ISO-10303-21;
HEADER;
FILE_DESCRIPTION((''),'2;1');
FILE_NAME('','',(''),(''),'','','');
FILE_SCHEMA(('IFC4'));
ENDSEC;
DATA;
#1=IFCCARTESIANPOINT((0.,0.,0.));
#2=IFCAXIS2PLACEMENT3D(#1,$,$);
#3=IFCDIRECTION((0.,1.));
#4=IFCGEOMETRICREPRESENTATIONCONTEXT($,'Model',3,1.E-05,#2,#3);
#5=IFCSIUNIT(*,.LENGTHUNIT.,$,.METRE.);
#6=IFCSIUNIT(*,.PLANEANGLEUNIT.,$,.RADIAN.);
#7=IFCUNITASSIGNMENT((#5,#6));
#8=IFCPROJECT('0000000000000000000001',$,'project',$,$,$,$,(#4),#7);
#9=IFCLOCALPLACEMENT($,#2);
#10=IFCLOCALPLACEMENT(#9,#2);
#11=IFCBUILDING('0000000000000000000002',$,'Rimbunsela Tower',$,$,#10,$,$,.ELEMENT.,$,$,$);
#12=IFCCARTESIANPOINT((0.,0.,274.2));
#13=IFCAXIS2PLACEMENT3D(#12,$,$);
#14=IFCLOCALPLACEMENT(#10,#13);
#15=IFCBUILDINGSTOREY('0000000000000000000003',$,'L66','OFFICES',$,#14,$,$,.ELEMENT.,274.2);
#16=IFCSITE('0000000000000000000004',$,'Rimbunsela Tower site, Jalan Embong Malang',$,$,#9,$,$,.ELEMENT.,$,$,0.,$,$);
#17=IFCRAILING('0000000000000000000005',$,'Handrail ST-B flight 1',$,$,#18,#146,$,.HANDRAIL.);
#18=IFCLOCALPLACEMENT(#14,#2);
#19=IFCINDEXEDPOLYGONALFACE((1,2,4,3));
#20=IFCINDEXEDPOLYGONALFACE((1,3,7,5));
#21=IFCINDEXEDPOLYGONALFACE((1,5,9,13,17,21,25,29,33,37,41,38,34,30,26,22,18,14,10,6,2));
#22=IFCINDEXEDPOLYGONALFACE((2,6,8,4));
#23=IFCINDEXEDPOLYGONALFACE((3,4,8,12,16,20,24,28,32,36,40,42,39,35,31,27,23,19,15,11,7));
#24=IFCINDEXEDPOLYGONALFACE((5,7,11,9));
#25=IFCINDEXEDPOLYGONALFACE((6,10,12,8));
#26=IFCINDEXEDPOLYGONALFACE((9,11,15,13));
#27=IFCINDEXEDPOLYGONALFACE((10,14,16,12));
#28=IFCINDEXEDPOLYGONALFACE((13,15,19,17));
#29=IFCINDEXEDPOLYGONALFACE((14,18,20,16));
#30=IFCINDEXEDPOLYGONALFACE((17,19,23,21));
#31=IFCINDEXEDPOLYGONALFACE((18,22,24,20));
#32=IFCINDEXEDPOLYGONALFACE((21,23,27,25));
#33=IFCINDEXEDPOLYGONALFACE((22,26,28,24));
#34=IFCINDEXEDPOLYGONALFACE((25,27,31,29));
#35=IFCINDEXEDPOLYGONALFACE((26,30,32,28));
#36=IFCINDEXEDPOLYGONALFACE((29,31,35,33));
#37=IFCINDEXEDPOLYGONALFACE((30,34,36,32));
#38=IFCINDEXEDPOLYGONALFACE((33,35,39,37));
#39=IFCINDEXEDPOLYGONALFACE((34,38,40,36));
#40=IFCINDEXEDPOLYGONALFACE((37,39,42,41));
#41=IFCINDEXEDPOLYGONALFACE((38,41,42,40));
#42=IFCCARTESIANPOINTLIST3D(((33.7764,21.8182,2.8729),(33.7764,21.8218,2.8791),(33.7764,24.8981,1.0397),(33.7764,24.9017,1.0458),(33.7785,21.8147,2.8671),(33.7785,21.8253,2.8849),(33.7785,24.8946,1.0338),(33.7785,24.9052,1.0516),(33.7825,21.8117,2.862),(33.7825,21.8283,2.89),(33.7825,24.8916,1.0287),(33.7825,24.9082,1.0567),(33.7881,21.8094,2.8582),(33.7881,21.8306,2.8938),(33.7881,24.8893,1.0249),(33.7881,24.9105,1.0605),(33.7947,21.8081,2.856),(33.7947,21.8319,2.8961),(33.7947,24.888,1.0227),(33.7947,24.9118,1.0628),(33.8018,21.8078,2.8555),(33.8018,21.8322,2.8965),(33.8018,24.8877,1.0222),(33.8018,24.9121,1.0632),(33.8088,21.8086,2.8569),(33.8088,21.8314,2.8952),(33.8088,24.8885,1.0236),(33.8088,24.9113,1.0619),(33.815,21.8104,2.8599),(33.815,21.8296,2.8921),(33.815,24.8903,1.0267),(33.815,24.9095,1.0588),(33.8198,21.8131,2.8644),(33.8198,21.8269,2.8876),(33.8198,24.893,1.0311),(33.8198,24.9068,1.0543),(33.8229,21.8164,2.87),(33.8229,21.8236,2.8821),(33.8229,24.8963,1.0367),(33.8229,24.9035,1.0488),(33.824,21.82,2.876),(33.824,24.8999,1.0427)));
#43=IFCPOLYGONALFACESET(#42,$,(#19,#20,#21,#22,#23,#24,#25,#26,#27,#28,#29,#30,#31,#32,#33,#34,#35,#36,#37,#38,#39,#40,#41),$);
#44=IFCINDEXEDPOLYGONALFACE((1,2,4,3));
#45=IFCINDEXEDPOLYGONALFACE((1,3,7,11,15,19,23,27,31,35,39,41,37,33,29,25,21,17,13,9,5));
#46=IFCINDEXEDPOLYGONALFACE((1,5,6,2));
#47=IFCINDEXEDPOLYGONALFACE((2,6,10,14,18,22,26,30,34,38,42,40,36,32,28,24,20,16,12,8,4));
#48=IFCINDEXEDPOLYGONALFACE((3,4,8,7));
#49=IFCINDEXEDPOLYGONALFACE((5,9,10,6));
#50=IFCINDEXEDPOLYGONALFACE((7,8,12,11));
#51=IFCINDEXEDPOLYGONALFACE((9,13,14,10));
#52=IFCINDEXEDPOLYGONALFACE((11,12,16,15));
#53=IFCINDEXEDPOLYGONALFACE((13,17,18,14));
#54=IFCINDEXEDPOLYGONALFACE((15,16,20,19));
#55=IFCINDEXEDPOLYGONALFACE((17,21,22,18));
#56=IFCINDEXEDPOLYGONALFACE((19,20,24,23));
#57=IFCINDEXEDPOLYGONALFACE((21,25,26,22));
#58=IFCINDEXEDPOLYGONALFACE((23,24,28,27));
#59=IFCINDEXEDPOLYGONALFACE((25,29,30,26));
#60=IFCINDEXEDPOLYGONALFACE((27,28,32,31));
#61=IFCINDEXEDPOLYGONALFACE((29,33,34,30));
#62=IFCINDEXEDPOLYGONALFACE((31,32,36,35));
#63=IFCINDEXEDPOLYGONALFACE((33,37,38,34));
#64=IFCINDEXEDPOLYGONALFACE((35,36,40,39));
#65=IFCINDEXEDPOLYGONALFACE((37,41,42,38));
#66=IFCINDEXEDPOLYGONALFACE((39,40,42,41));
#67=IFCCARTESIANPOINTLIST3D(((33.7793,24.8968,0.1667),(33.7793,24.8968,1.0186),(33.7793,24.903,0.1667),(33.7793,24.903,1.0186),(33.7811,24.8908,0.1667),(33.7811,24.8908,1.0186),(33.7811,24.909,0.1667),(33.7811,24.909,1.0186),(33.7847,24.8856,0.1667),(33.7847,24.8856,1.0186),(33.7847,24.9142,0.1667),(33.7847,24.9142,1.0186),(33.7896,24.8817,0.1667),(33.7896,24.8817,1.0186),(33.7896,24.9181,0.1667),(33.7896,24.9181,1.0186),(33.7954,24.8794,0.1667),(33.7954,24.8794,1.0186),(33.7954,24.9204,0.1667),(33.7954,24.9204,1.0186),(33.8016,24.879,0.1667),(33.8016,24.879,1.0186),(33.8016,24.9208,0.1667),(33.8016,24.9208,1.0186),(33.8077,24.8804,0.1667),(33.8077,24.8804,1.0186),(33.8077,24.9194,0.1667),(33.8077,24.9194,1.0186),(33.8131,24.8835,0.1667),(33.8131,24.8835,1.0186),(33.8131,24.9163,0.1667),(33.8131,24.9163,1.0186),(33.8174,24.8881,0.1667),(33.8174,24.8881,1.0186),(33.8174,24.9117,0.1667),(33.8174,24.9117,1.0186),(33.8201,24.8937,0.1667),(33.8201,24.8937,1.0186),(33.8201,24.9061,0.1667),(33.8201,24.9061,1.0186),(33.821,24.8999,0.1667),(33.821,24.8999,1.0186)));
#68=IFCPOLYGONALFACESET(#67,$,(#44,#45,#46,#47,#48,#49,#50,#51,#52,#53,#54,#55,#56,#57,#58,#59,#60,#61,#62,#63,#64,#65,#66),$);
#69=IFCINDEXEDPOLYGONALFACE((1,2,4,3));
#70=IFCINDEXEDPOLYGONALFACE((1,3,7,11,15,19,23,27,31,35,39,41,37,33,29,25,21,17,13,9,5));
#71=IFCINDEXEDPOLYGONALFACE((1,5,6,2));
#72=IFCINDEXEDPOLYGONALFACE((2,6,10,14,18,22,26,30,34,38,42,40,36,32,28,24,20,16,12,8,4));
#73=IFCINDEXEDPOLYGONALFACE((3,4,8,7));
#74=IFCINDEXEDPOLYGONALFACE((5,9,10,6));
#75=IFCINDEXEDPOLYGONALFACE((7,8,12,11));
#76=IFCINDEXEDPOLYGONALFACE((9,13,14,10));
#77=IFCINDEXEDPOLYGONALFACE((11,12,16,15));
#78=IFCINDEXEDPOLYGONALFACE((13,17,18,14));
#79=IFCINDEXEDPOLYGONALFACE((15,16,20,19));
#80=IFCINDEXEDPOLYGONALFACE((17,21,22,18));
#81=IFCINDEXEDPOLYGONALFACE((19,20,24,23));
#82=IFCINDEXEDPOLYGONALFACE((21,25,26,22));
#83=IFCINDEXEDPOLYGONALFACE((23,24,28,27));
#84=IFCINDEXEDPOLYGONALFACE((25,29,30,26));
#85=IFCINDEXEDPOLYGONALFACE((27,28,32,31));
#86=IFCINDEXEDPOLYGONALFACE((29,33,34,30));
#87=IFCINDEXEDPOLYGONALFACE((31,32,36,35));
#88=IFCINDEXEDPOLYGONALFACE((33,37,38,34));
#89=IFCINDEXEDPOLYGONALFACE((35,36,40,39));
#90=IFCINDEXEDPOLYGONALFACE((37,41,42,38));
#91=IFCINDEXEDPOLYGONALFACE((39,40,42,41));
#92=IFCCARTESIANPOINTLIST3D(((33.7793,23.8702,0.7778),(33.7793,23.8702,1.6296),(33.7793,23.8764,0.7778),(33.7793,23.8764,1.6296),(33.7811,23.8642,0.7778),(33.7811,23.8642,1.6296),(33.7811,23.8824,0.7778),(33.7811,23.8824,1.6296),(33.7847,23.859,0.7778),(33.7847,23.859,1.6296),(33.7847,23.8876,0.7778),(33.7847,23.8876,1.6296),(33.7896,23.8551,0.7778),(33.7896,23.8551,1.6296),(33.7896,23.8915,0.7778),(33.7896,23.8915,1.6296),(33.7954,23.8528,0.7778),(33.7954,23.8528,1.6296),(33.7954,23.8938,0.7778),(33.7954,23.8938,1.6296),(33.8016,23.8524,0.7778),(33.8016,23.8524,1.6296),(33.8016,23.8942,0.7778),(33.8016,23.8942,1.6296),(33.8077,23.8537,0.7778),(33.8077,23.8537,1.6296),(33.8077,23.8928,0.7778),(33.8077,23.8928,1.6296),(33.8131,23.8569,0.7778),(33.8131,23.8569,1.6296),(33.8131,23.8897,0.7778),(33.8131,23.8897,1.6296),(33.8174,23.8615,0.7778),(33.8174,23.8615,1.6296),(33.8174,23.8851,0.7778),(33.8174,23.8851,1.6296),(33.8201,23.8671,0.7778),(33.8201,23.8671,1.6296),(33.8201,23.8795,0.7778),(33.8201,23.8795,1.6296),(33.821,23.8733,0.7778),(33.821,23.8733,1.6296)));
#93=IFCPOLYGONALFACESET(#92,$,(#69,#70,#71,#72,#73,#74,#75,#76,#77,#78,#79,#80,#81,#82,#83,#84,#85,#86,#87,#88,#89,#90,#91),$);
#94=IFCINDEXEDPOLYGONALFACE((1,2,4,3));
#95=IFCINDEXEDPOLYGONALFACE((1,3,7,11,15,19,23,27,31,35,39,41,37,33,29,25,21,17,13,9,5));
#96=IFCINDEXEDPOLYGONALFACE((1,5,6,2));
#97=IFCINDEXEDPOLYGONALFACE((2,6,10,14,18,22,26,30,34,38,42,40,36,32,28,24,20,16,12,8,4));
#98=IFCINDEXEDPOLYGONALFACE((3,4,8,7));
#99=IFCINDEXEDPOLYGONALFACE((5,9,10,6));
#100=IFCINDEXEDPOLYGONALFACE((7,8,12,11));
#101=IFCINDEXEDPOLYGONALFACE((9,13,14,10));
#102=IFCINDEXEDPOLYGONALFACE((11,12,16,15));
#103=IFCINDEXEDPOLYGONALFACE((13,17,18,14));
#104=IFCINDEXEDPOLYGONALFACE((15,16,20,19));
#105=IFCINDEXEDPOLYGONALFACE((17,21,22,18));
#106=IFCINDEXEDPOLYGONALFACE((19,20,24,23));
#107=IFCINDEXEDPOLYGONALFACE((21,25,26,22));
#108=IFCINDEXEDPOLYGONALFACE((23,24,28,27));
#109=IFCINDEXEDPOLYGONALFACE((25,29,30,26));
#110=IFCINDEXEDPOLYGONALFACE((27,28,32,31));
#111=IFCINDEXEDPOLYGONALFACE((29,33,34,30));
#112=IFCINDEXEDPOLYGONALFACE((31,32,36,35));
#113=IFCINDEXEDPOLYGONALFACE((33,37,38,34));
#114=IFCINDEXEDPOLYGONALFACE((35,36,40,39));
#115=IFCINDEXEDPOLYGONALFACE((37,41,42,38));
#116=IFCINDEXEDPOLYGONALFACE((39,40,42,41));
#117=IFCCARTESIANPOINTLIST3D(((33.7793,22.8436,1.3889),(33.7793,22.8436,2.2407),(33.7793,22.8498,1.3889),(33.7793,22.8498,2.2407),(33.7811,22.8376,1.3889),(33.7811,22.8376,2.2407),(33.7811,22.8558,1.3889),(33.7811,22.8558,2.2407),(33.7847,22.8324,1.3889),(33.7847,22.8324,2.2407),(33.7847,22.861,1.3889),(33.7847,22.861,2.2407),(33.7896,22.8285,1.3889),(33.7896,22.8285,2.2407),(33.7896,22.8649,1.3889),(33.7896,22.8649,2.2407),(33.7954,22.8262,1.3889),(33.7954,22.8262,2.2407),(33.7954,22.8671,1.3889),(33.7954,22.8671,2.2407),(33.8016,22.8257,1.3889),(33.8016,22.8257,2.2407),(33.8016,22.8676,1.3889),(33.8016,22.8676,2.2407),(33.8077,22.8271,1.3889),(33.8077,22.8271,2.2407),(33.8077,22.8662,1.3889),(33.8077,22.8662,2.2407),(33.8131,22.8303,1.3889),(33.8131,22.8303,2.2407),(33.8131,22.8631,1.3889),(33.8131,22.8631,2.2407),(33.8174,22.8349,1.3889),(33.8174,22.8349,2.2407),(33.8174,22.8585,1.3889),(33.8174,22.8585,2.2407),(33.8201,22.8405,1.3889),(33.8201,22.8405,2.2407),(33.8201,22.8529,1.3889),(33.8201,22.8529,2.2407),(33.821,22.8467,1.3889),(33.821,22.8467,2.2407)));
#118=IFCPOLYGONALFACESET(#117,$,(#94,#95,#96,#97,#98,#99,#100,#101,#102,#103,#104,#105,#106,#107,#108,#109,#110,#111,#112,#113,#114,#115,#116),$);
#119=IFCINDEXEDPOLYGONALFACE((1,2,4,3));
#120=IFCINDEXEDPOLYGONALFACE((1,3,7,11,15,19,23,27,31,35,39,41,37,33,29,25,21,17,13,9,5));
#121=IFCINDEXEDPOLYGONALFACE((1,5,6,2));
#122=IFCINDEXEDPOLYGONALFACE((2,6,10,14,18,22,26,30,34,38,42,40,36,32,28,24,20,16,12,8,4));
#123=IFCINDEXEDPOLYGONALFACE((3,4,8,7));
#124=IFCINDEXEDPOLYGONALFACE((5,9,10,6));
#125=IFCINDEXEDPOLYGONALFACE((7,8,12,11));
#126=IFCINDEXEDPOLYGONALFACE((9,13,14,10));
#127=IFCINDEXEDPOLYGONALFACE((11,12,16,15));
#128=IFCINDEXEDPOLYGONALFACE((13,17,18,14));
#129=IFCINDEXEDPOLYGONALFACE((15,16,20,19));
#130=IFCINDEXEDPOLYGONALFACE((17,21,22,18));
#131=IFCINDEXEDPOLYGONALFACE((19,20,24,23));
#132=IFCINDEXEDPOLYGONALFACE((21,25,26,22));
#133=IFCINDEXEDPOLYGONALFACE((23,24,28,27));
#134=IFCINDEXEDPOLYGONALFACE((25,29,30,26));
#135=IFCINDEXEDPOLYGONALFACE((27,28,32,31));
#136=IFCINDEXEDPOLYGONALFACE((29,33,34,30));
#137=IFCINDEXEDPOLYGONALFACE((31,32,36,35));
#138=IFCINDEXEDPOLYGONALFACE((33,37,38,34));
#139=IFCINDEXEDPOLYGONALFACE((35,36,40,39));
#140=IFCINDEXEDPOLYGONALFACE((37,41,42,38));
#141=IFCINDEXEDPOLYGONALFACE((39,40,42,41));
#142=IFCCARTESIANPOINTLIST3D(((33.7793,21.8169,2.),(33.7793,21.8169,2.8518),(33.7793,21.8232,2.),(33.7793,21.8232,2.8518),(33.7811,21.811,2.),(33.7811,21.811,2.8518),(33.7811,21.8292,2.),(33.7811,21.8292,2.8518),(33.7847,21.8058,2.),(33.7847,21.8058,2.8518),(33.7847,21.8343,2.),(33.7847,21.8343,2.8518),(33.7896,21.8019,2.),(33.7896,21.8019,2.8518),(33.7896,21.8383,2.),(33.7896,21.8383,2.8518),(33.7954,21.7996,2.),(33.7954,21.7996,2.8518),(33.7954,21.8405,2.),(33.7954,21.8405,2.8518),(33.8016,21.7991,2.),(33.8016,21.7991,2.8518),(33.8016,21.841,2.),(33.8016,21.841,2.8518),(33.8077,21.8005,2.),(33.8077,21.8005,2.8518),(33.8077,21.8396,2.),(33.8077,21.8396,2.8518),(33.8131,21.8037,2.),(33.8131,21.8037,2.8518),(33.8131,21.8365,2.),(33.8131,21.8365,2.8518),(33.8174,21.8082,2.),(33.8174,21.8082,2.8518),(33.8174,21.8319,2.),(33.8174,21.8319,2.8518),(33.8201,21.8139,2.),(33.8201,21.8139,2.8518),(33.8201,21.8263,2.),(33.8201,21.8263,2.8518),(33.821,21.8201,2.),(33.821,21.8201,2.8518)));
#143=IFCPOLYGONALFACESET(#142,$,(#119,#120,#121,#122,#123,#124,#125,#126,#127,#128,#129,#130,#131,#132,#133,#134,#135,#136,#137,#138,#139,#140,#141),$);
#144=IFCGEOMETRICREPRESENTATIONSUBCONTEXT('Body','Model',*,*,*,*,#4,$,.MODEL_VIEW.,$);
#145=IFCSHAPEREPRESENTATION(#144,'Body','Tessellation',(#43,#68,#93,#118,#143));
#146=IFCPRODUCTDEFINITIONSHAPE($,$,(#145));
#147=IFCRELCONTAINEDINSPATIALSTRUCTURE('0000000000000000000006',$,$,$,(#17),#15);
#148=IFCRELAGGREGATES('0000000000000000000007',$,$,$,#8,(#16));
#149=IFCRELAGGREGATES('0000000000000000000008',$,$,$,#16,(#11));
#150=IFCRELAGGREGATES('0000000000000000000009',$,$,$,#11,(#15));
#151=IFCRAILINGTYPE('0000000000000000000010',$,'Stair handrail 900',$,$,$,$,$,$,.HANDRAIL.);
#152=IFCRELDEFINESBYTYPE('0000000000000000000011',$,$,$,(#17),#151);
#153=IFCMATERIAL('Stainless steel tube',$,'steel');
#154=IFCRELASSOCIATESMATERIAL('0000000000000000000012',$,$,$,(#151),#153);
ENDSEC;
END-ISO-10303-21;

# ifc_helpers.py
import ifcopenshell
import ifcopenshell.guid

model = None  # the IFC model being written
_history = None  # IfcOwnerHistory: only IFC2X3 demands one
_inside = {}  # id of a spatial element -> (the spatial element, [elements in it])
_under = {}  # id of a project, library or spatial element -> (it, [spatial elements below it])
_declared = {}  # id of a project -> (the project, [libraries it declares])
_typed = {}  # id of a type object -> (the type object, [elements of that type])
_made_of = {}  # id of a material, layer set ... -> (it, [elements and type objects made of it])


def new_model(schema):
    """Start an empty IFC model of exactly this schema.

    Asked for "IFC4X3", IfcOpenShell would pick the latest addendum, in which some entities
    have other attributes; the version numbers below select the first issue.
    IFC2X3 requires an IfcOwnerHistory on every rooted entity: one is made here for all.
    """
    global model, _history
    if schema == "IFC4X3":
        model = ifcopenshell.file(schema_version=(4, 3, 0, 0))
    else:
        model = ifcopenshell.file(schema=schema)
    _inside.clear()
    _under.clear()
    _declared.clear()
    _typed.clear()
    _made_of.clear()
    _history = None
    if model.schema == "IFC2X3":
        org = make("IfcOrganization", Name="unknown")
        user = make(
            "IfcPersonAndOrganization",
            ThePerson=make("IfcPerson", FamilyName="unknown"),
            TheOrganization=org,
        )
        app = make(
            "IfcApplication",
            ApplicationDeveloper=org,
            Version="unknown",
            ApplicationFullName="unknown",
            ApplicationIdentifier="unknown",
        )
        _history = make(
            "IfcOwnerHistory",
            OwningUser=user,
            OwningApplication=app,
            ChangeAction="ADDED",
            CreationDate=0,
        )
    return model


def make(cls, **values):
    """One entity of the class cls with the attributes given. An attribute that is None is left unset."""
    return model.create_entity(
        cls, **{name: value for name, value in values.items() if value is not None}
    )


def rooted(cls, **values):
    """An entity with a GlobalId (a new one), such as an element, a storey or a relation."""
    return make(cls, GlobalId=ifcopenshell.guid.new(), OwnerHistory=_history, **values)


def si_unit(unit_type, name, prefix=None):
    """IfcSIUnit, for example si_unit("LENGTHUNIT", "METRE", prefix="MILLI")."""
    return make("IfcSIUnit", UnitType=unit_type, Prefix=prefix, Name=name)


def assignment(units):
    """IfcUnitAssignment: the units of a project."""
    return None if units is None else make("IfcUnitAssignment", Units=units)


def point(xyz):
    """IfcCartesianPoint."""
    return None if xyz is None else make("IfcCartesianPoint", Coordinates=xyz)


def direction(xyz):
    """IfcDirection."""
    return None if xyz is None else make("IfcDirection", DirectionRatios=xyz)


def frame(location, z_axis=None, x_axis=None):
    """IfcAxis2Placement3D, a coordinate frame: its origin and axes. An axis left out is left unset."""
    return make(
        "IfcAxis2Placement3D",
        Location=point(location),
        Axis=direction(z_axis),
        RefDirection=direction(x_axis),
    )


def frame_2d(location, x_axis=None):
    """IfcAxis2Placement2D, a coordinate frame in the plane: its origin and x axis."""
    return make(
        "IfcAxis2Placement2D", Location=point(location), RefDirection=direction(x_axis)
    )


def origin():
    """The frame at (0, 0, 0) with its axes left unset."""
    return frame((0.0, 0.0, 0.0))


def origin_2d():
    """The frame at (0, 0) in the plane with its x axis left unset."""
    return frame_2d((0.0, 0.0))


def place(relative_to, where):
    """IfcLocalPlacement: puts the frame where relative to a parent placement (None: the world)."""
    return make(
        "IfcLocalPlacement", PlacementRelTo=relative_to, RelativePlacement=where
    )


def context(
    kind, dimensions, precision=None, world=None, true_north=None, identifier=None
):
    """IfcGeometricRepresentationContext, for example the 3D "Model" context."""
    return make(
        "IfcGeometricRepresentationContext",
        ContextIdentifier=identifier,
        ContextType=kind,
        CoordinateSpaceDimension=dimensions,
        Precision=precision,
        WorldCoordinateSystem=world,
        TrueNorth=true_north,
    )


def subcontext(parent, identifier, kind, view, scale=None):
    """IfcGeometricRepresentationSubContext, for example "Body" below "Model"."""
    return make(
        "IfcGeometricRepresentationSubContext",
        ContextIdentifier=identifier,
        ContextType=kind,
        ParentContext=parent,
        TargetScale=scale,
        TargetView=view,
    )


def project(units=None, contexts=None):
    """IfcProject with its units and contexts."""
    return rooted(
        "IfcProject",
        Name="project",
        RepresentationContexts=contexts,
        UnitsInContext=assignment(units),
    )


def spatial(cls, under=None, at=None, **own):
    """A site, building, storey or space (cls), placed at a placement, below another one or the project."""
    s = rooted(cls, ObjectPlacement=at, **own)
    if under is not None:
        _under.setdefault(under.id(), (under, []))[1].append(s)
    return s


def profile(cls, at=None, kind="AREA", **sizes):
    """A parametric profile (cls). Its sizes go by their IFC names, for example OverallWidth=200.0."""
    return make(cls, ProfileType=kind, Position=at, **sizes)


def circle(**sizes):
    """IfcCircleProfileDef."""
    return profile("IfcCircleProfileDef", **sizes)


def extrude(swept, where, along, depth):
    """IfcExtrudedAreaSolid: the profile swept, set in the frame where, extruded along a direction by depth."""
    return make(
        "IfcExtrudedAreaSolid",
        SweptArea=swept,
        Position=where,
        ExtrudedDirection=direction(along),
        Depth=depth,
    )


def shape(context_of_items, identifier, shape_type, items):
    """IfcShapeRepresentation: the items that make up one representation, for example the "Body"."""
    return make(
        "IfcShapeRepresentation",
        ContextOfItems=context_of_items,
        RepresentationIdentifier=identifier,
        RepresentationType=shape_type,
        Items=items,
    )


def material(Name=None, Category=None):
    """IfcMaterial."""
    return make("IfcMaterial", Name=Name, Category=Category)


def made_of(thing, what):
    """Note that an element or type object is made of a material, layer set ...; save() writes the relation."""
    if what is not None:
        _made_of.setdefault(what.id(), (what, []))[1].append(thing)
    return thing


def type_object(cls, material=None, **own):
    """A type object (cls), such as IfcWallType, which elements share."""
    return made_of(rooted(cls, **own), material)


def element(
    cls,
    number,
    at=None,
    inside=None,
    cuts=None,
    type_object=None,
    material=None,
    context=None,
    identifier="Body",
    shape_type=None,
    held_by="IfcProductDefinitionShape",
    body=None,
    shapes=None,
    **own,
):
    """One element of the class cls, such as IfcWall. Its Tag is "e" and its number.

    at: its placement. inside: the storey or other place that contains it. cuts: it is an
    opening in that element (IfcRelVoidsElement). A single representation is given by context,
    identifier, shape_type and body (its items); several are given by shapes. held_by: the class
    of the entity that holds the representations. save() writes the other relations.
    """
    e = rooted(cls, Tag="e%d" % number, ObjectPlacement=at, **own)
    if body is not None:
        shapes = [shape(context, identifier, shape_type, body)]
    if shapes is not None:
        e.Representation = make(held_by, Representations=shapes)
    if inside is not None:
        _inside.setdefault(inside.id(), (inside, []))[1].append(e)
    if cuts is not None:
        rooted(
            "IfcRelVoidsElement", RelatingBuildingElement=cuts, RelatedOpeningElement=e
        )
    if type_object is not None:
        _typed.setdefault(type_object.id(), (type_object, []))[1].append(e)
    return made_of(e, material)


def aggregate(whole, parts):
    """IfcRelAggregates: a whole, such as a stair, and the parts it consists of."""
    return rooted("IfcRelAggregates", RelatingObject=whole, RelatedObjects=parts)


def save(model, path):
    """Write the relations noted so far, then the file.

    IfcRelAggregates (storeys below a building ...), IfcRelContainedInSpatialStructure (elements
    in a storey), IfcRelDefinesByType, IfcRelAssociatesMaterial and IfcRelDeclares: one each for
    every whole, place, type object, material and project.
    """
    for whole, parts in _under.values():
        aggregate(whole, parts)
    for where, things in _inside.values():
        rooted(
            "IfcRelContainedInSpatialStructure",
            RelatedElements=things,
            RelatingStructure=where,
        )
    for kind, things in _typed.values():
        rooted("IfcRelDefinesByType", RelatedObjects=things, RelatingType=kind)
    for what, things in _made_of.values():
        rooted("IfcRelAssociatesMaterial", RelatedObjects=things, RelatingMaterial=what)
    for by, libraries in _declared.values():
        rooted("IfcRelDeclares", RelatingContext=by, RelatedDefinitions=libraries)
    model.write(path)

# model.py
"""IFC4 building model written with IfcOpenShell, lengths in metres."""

from ifc_helpers import new_model, si_unit, direction, frame, origin, origin_2d, place, context, subcontext, project, spatial, circle, extrude, material, type_object, element, save


model = new_model("IFC4")

# Units and contexts
model_context = context("Model", 3, precision=1e-05, world=origin(), true_north=direction((0.0, 1.0)))
body_context = subcontext(model_context, "Body", "Model", "MODEL_VIEW")
ifc_project = project(units=[si_unit("LENGTHUNIT", "METRE"), si_unit("PLANEANGLEUNIT", "RADIAN")], contexts=[model_context])

# Site, building, storey
site_placement = place(None, origin())
site = spatial("IfcSite", under=ifc_project, at=site_placement, Name="Rimbunsela Tower site, Jalan Embong Malang", CompositionType="ELEMENT", RefElevation=0.0)
building_placement = place(site_placement, origin())
building = spatial("IfcBuilding", under=site, at=building_placement, Name="Rimbunsela Tower", CompositionType="ELEMENT")
storey_placement = place(building_placement, frame((0.0, 0.0, 274.2)))
storey = spatial("IfcBuildingStorey", under=building, at=storey_placement, Name="L66", Description="OFFICES", CompositionType="ELEMENT", Elevation=274.2)

# Railing
ifc_material_1 = material(Name="Stainless steel tube", Category="steel")
railing_type = type_object("IfcRailingType", Name="Stair handrail 900", PredefinedType="HANDRAIL", material=ifc_material_1)
for number, where, name in (
    (1, (33.8, 24.8999, 0.1667), "Handrail ST-B flight 1"),
):
    element("IfcRailing", number, at=place(storey_placement, frame(where)), inside=storey, type_object=railing_type, Name=name, PredefinedType="HANDRAIL", context=body_context, shape_type="SweptSolid", body=[
        extrude(circle(Radius=0.0239, at=origin_2d()), frame((0.0, 0.0, 0.876), z_axis=(0.0, -0.859291, 0.511487), x_axis=(1.0, 0.0, 0.0)), (0.0, 0.0, 1.0), 3.5842),
        extrude(circle(Radius=0.021, at=origin_2d()), origin(), (0.0, 0.0, 1.0), 0.8518),
        extrude(circle(Radius=0.021, at=origin_2d()), frame((0.0, -1.0266, 0.6111)), (0.0, 0.0, 1.0), 0.8518),
        extrude(circle(Radius=0.021, at=origin_2d()), frame((0.0, -2.0532, 1.2222)), (0.0, 0.0, 1.0), 0.8518),
        extrude(circle(Radius=0.021, at=origin_2d()), frame((0.0, -3.0798, 1.8333)), (0.0, 0.0, 1.0), 0.8518),
    ])

save(model, "model.ifc")
